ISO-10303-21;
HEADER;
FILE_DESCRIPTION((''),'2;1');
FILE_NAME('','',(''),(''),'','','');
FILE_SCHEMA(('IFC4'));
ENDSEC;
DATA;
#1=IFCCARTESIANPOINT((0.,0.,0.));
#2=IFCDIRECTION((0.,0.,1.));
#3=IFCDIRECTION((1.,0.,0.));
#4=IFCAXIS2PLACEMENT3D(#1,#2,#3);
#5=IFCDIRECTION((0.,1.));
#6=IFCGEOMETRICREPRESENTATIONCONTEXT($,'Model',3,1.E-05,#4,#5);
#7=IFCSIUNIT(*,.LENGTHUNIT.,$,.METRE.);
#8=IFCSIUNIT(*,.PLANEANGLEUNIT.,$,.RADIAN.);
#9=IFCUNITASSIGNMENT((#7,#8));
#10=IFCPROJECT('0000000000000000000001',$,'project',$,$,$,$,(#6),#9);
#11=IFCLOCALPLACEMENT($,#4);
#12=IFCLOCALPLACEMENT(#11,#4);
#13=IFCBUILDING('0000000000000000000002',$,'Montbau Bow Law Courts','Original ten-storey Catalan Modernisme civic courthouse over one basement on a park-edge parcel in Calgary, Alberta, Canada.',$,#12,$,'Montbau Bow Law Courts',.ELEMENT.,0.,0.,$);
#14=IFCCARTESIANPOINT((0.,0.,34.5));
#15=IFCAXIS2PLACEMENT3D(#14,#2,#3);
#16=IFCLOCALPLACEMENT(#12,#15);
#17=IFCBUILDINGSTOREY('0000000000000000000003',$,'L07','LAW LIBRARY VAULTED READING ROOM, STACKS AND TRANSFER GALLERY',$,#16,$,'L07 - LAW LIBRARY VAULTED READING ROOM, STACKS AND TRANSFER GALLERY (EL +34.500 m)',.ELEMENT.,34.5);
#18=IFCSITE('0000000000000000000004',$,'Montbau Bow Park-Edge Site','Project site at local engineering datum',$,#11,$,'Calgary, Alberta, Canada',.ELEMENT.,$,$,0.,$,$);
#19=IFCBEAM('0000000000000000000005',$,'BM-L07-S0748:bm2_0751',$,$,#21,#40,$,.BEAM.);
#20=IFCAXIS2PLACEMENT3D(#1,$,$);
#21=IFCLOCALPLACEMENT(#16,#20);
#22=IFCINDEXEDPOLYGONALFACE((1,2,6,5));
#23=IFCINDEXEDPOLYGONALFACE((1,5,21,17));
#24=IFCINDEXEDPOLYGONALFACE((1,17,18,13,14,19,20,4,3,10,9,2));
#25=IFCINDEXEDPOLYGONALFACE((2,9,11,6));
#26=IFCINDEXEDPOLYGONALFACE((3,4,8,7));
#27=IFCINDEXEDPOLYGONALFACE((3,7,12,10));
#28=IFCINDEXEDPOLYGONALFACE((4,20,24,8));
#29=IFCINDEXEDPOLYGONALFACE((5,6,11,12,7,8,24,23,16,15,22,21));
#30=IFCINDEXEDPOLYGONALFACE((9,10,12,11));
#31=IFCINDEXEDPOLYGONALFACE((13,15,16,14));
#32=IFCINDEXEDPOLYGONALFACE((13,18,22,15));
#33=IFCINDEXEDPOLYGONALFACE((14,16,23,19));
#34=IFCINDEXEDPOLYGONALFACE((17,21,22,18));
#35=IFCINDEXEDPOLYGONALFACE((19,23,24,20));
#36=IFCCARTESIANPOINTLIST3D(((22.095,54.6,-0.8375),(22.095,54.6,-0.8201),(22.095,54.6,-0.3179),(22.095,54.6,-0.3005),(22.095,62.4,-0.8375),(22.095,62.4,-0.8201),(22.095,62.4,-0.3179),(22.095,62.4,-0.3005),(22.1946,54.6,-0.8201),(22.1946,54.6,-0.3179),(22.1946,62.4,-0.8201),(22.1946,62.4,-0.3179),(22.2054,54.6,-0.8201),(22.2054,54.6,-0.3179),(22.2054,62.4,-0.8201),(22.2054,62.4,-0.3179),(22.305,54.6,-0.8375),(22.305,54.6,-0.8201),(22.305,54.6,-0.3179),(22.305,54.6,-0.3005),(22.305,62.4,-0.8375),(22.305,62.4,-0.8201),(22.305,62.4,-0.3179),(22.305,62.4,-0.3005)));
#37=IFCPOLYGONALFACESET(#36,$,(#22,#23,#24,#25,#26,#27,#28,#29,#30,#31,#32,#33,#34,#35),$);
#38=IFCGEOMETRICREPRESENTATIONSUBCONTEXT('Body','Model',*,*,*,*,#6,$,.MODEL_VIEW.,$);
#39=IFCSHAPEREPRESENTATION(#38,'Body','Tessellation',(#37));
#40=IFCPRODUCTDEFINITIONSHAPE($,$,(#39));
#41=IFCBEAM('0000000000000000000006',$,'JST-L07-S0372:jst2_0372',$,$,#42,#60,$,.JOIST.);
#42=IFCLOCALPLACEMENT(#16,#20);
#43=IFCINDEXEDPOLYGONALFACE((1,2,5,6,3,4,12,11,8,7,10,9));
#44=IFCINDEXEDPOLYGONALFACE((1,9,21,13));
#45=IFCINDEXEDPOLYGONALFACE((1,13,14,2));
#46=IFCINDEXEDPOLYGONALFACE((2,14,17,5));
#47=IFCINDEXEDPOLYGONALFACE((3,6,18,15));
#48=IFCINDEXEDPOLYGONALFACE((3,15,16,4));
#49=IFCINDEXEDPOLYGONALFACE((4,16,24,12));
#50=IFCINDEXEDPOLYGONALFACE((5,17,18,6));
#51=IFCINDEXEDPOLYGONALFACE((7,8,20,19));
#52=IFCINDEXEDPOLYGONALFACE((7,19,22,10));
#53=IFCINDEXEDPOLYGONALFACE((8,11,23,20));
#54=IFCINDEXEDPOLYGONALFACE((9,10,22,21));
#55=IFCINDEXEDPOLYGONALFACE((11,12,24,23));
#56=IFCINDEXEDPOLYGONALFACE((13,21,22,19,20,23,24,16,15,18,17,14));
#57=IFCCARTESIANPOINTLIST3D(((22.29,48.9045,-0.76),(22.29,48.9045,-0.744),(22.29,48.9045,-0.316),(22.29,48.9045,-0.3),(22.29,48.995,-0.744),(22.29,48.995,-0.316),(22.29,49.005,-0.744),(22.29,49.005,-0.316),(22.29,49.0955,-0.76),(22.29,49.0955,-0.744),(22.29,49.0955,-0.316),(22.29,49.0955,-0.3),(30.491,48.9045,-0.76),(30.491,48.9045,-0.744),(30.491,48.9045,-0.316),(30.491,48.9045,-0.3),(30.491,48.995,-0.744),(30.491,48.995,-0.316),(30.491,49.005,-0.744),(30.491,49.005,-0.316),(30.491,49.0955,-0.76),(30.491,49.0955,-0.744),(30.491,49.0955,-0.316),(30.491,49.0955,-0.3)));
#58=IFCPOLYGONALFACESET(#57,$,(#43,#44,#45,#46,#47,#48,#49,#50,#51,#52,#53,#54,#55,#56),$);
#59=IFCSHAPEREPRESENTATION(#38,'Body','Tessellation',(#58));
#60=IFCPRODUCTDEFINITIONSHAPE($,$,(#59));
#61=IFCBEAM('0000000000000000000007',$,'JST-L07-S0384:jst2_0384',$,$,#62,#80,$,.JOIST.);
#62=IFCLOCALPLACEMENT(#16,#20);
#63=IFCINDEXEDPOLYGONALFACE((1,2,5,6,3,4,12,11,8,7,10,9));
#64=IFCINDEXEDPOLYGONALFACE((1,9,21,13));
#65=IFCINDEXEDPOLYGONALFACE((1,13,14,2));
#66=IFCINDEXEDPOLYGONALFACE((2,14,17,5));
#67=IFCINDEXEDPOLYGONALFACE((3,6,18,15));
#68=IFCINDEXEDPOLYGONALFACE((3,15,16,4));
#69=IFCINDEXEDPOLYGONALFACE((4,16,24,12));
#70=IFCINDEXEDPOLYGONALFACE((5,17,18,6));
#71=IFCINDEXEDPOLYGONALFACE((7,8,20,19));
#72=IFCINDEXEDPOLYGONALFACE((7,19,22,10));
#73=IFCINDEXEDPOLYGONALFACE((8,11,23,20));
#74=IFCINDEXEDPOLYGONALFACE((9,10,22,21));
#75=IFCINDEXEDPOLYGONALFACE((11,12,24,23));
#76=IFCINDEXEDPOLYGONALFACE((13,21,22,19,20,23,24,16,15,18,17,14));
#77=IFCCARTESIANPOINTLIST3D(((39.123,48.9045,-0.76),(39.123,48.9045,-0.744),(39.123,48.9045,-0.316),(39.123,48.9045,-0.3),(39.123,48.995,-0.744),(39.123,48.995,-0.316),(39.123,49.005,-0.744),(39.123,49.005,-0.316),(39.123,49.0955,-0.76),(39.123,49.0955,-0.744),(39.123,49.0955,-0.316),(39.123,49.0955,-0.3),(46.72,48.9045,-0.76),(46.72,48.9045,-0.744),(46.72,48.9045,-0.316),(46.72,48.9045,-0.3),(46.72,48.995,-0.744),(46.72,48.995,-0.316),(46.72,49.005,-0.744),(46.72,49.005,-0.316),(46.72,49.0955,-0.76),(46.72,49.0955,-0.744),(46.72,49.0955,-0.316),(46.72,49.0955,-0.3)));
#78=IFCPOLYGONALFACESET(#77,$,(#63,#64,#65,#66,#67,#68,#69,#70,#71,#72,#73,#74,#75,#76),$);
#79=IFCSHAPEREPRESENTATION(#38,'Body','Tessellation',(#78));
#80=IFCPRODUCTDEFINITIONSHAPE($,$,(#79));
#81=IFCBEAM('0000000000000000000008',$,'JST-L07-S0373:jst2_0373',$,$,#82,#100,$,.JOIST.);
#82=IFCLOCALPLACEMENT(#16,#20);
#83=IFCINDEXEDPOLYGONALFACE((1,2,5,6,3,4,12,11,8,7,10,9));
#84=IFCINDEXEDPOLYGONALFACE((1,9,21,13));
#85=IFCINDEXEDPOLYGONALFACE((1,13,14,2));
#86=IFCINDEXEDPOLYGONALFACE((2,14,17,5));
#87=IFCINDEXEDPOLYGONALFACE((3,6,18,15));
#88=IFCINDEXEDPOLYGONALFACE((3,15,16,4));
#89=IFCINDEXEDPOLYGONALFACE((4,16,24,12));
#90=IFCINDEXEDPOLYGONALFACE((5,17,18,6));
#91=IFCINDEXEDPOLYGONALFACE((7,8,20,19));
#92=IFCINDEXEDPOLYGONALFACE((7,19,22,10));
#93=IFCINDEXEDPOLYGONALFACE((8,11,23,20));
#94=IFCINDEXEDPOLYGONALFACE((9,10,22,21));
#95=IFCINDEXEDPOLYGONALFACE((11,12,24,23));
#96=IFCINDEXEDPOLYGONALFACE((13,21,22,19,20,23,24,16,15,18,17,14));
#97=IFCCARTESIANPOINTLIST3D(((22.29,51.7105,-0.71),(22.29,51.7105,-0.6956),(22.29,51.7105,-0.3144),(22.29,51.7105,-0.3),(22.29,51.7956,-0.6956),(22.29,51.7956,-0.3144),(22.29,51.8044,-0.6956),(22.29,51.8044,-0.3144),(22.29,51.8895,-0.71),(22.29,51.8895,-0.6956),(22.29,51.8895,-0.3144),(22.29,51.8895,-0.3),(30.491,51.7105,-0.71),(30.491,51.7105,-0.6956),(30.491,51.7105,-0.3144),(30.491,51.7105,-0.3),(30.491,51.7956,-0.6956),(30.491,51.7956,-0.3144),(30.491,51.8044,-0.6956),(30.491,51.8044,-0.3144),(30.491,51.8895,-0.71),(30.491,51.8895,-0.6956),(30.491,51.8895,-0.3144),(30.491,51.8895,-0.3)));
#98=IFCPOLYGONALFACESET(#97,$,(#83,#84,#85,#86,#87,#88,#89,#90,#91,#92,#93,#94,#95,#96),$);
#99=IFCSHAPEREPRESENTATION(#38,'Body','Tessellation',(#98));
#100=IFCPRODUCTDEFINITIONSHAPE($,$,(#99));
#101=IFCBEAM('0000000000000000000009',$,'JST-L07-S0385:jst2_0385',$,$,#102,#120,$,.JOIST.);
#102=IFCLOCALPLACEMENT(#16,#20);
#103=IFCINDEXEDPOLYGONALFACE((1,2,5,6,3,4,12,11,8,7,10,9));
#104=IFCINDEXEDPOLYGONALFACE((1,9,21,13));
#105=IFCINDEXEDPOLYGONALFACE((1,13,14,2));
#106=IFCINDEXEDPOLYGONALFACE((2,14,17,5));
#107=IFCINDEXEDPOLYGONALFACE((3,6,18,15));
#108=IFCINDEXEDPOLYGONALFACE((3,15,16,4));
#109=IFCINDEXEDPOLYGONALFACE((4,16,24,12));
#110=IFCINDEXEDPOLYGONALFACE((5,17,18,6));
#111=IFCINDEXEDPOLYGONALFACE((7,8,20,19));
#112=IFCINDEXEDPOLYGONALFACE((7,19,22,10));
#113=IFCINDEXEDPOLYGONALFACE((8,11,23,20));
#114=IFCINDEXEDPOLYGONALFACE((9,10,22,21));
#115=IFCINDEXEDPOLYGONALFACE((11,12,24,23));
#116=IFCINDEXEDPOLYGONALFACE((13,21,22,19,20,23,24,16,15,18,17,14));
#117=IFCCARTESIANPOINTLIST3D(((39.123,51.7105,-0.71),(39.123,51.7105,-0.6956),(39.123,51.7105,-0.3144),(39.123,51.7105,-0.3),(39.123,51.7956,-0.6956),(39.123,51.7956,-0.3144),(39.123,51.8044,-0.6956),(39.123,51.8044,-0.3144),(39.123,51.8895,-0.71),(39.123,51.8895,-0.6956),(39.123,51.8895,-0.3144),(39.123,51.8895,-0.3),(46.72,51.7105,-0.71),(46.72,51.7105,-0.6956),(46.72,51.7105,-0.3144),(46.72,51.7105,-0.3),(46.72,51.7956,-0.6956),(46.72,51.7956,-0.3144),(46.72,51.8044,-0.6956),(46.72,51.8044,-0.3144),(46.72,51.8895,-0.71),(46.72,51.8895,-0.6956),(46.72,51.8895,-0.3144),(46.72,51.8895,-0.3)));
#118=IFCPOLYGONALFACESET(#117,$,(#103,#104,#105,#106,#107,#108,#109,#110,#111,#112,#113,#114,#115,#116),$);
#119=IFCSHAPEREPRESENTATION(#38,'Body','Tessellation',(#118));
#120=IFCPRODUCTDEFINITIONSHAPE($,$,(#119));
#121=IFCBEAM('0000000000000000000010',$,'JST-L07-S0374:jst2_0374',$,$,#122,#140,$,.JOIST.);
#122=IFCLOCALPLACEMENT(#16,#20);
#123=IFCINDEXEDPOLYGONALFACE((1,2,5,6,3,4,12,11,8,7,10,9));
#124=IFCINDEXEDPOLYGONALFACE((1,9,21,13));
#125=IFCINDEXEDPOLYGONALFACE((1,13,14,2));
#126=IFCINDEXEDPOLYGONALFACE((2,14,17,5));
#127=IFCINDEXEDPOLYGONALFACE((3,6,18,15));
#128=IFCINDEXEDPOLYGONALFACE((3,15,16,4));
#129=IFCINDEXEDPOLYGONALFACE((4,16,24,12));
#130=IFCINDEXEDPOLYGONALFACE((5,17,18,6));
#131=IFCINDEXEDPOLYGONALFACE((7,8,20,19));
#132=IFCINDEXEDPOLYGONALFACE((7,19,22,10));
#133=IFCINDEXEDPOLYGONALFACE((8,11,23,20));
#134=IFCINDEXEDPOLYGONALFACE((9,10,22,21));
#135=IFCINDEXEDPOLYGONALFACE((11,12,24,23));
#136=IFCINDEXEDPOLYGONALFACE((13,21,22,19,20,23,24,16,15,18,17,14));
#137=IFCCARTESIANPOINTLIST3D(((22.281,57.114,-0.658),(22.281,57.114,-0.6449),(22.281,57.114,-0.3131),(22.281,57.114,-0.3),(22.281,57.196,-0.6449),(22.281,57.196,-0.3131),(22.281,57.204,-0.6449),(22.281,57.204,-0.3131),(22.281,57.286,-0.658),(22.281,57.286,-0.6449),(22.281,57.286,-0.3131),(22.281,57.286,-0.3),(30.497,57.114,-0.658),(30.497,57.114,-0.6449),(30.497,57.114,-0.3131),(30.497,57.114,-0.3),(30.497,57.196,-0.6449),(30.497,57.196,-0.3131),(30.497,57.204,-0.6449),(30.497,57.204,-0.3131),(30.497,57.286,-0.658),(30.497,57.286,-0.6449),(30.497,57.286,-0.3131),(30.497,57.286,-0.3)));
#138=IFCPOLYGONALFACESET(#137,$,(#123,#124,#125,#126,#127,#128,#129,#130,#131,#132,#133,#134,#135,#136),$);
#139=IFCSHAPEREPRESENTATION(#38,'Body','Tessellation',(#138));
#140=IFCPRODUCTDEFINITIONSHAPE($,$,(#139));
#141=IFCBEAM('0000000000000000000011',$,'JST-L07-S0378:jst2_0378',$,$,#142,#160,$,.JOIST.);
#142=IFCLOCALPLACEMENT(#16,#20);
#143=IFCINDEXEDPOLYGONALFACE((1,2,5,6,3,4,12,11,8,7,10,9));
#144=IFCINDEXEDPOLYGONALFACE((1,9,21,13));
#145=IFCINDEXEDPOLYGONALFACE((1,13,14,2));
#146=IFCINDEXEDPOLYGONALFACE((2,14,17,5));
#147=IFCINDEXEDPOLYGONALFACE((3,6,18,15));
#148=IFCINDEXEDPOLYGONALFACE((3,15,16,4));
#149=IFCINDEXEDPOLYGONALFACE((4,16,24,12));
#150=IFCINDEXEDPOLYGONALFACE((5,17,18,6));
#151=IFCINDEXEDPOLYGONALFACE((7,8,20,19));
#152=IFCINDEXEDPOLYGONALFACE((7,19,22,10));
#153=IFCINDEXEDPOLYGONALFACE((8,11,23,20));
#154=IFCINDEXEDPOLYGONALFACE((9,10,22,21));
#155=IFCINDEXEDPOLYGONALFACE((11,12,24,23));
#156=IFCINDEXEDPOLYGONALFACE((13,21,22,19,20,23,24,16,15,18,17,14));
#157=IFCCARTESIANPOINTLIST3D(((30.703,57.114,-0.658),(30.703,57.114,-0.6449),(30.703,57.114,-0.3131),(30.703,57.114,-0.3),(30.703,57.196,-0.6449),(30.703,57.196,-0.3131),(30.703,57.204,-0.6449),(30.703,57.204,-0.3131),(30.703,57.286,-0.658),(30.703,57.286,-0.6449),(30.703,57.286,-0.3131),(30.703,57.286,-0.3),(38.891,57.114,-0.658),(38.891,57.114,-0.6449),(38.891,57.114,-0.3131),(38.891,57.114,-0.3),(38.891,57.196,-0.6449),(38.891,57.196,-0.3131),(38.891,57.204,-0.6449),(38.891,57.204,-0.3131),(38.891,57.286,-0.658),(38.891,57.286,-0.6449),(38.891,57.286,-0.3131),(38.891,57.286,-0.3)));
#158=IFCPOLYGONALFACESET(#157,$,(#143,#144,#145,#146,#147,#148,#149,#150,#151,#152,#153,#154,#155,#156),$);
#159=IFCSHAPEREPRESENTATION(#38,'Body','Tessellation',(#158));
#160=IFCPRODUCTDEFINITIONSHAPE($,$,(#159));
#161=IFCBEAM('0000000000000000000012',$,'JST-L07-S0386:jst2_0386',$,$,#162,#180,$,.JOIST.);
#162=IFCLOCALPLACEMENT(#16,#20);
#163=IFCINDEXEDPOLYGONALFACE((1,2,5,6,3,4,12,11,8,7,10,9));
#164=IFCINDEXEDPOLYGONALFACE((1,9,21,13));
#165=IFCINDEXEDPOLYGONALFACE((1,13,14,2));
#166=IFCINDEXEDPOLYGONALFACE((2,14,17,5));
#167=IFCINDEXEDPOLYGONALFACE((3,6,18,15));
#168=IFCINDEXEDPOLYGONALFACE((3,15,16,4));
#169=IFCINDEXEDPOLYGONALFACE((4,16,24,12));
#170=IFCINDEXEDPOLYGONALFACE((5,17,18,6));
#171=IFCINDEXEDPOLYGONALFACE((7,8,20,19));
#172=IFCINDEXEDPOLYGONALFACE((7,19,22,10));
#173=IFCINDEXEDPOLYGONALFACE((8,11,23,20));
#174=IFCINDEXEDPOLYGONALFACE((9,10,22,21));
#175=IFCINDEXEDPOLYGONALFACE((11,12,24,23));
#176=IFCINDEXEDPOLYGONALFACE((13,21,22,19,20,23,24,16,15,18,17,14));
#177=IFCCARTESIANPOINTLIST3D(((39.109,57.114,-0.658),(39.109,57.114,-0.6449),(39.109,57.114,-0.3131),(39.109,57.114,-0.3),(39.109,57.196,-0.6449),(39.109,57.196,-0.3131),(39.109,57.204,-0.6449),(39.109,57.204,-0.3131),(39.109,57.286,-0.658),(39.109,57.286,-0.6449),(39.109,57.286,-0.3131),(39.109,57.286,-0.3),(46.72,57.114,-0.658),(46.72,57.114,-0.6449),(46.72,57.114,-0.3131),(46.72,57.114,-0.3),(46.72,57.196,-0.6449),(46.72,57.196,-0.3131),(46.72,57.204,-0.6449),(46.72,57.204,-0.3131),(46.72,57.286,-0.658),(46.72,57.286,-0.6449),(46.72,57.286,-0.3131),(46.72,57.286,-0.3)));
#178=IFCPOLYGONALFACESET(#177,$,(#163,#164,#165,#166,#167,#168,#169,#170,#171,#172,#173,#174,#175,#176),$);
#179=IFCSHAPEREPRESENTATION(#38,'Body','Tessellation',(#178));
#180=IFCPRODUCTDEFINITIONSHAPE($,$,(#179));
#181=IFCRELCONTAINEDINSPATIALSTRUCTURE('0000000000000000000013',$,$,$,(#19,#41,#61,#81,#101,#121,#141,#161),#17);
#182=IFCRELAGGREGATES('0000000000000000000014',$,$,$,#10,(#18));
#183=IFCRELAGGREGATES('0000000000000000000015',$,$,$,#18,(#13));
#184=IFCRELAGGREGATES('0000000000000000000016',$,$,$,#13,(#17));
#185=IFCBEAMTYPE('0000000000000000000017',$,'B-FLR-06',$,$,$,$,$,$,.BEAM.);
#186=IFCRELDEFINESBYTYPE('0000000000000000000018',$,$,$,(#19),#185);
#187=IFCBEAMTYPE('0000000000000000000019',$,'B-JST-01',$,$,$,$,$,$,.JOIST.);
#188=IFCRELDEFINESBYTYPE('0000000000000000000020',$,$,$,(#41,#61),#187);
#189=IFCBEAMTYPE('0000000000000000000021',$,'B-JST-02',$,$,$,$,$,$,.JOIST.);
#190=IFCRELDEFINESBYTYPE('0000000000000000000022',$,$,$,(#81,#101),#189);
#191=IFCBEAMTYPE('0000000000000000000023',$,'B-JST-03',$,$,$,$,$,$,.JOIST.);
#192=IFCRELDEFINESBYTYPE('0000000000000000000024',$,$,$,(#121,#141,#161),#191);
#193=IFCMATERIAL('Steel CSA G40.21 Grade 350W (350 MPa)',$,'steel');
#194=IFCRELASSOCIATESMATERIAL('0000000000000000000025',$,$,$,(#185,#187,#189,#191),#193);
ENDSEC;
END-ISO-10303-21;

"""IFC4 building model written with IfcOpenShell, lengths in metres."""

from ifc_helpers import new_model, si_unit, direction, frame, origin_with_axes, origin_2d_with_axis, place, context, subcontext, project, spatial, i_section, extrude, material, material_profile, profile_set, type_object, element, save


model = new_model("IFC4")

# Units and contexts
model_context = context("Model", 3, precision=1e-05, world=origin_with_axes(), true_north=direction((0.0, 1.0)))
body_context = subcontext(model_context, "Body", "Model", "MODEL_VIEW")
ifc_project = project(units=[si_unit("LENGTHUNIT", "METRE"), si_unit("PLANEANGLEUNIT", "RADIAN")], contexts=[model_context])

# Site, building, storey
site_placement = place(None, origin_with_axes())
site = spatial("IfcSite", under=ifc_project, at=site_placement, Name="Montbau Bow Park-Edge Site", Description="Project site at local engineering datum", LongName="Calgary, Alberta, Canada", CompositionType="ELEMENT", RefElevation=0.0)
building_placement = place(site_placement, origin_with_axes())
building = spatial("IfcBuilding", under=site, at=building_placement, Name="Montbau Bow Law Courts", Description="Original ten-storey Catalan Modernisme civic courthouse over one basement on a park-edge parcel in Calgary, Alberta, Canada.", LongName="Montbau Bow Law Courts", CompositionType="ELEMENT", ElevationOfRefHeight=0.0, ElevationOfTerrain=0.0)
storey_placement = place(building_placement, frame((0.0, 0.0, 34.5), z_axis=(0.0, 0.0, 1.0), x_axis=(1.0, 0.0, 0.0)))
storey = spatial("IfcBuildingStorey", under=building, at=storey_placement, Name="L07", Description="LAW LIBRARY VAULTED READING ROOM, STACKS AND TRANSFER GALLERY", LongName="L07 - LAW LIBRARY VAULTED READING ROOM, STACKS AND TRANSFER GALLERY (EL +34.500 m)", CompositionType="ELEMENT", Elevation=34.5)

# Shared definitions
ifc_material_1 = material(Name="Steel CSA G40.21 Grade 350W (350 MPa)", Category="steel")

# Beams
ifc_material_profile_1 = material_profile(ifc_material_1, i_section(OverallWidth=0.21, OverallDepth=0.537, WebThickness=0.0109, FlangeThickness=0.0174, at=origin_2d_with_axis()), Name="W530X101", Category="Main", Priority=0)
ifc_profile_set_1 = profile_set([ifc_material_profile_1], Name="Steel CSA G40.21 Grade 350W (350 MPa)")
beam_type_1 = type_object("IfcBeamType", Name="B-FLR-06", PredefinedType="BEAM", material=ifc_profile_set_1)
beam_1_placement = place(None, frame((22.2, 54.6, 33.931), z_axis=(0.0, 1.0, 0.0), x_axis=(-1.0, 0.0, 0.0)))
element("IfcBeam", 1, at=beam_1_placement, inside=storey, type_object=beam_type_1, Name="BM-L07-S0748:bm2_0751", PredefinedType="BEAM", context=body_context, shape_type="SweptSolid", body=[
    extrude(i_section(OverallWidth=0.21, OverallDepth=0.537, WebThickness=0.0109, FlangeThickness=0.0174, at=origin_2d_with_axis()), origin_with_axes(), (0.0, 0.0, 1.0), 7.8),
])
ifc_material_profile_2 = material_profile(ifc_material_1, i_section(OverallWidth=0.191, OverallDepth=0.46, WebThickness=0.0099, FlangeThickness=0.016, at=origin_2d_with_axis()), Name="W460X82", Category="Main", Priority=0)
ifc_profile_set_2 = profile_set([ifc_material_profile_2], Name="Steel CSA G40.21 Grade 350W (350 MPa)")
beam_type_2 = type_object("IfcBeamType", Name="B-JST-01", PredefinedType="JOIST", material=ifc_profile_set_2)
beam_2_placement = place(None, frame((22.29, 49.0, 33.97), z_axis=(1.0, 0.0, 0.0), x_axis=(0.0, 1.0, 0.0)))
element("IfcBeam", 2, at=beam_2_placement, inside=storey, type_object=beam_type_2, Name="JST-L07-S0372:jst2_0372", PredefinedType="JOIST", context=body_context, shape_type="SweptSolid", body=[
    extrude(i_section(OverallWidth=0.191, OverallDepth=0.46, WebThickness=0.0099, FlangeThickness=0.016, at=origin_2d_with_axis()), origin_with_axes(), (0.0, 0.0, 1.0), 8.201),
])
beam_3_placement = place(None, frame((39.123, 49.0, 33.97), z_axis=(1.0, 0.0, 0.0), x_axis=(0.0, 1.0, 0.0)))
element("IfcBeam", 3, at=beam_3_placement, inside=storey, type_object=beam_type_2, Name="JST-L07-S0384:jst2_0384", PredefinedType="JOIST", context=body_context, shape_type="SweptSolid", body=[
    extrude(i_section(OverallWidth=0.191, OverallDepth=0.46, WebThickness=0.0099, FlangeThickness=0.016, at=origin_2d_with_axis()), origin_with_axes(), (0.0, 0.0, 1.0), 7.597),
])
ifc_material_profile_3 = material_profile(ifc_material_1, i_section(OverallWidth=0.179, OverallDepth=0.41, WebThickness=0.0088, FlangeThickness=0.0144, at=origin_2d_with_axis()), Name="W410X67", Category="Main", Priority=0)
ifc_profile_set_3 = profile_set([ifc_material_profile_3], Name="Steel CSA G40.21 Grade 350W (350 MPa)")
beam_type_3 = type_object("IfcBeamType", Name="B-JST-02", PredefinedType="JOIST", material=ifc_profile_set_3)
beam_4_placement = place(None, frame((22.29, 51.8, 33.995), z_axis=(1.0, 0.0, 0.0), x_axis=(0.0, 1.0, 0.0)))
element("IfcBeam", 4, at=beam_4_placement, inside=storey, type_object=beam_type_3, Name="JST-L07-S0373:jst2_0373", PredefinedType="JOIST", context=body_context, shape_type="SweptSolid", body=[
    extrude(i_section(OverallWidth=0.179, OverallDepth=0.41, WebThickness=0.0088, FlangeThickness=0.0144, at=origin_2d_with_axis()), origin_with_axes(), (0.0, 0.0, 1.0), 8.201),
])
beam_5_placement = place(None, frame((39.123, 51.8, 33.995), z_axis=(1.0, 0.0, 0.0), x_axis=(0.0, 1.0, 0.0)))
element("IfcBeam", 5, at=beam_5_placement, inside=storey, type_object=beam_type_3, Name="JST-L07-S0385:jst2_0385", PredefinedType="JOIST", context=body_context, shape_type="SweptSolid", body=[
    extrude(i_section(OverallWidth=0.179, OverallDepth=0.41, WebThickness=0.0088, FlangeThickness=0.0144, at=origin_2d_with_axis()), origin_with_axes(), (0.0, 0.0, 1.0), 7.597),
])
ifc_material_profile_4 = material_profile(ifc_material_1, i_section(OverallWidth=0.172, OverallDepth=0.358, WebThickness=0.0079, FlangeThickness=0.0131, at=origin_2d_with_axis()), Name="W360X57", Category="Main", Priority=0)
ifc_profile_set_4 = profile_set([ifc_material_profile_4], Name="Steel CSA G40.21 Grade 350W (350 MPa)")
beam_type_4 = type_object("IfcBeamType", Name="B-JST-03", PredefinedType="JOIST", material=ifc_profile_set_4)
beam_6_placement = place(None, frame((22.281, 57.2, 34.021), z_axis=(1.0, 0.0, 0.0), x_axis=(0.0, 1.0, 0.0)))
element("IfcBeam", 6, at=beam_6_placement, inside=storey, type_object=beam_type_4, Name="JST-L07-S0374:jst2_0374", PredefinedType="JOIST", context=body_context, shape_type="SweptSolid", body=[
    extrude(i_section(OverallWidth=0.172, OverallDepth=0.358, WebThickness=0.0079, FlangeThickness=0.0131, at=origin_2d_with_axis()), origin_with_axes(), (0.0, 0.0, 1.0), 8.216),
])
beam_7_placement = place(None, frame((30.703, 57.2, 34.021), z_axis=(1.0, 0.0, 0.0), x_axis=(0.0, 1.0, 0.0)))
element("IfcBeam", 7, at=beam_7_placement, inside=storey, type_object=beam_type_4, Name="JST-L07-S0378:jst2_0378", PredefinedType="JOIST", context=body_context, shape_type="SweptSolid", body=[
    extrude(i_section(OverallWidth=0.172, OverallDepth=0.358, WebThickness=0.0079, FlangeThickness=0.0131, at=origin_2d_with_axis()), origin_with_axes(), (0.0, 0.0, 1.0), 8.188),
])
beam_8_placement = place(None, frame((39.109, 57.2, 34.021), z_axis=(1.0, 0.0, 0.0), x_axis=(0.0, 1.0, 0.0)))
element("IfcBeam", 8, at=beam_8_placement, inside=storey, type_object=beam_type_4, Name="JST-L07-S0386:jst2_0386", PredefinedType="JOIST", context=body_context, shape_type="SweptSolid", body=[
    extrude(i_section(OverallWidth=0.172, OverallDepth=0.358, WebThickness=0.0079, FlangeThickness=0.0131, at=origin_2d_with_axis()), origin_with_axes(), (0.0, 0.0, 1.0), 7.611),
])

save(model, "model.ifc")
